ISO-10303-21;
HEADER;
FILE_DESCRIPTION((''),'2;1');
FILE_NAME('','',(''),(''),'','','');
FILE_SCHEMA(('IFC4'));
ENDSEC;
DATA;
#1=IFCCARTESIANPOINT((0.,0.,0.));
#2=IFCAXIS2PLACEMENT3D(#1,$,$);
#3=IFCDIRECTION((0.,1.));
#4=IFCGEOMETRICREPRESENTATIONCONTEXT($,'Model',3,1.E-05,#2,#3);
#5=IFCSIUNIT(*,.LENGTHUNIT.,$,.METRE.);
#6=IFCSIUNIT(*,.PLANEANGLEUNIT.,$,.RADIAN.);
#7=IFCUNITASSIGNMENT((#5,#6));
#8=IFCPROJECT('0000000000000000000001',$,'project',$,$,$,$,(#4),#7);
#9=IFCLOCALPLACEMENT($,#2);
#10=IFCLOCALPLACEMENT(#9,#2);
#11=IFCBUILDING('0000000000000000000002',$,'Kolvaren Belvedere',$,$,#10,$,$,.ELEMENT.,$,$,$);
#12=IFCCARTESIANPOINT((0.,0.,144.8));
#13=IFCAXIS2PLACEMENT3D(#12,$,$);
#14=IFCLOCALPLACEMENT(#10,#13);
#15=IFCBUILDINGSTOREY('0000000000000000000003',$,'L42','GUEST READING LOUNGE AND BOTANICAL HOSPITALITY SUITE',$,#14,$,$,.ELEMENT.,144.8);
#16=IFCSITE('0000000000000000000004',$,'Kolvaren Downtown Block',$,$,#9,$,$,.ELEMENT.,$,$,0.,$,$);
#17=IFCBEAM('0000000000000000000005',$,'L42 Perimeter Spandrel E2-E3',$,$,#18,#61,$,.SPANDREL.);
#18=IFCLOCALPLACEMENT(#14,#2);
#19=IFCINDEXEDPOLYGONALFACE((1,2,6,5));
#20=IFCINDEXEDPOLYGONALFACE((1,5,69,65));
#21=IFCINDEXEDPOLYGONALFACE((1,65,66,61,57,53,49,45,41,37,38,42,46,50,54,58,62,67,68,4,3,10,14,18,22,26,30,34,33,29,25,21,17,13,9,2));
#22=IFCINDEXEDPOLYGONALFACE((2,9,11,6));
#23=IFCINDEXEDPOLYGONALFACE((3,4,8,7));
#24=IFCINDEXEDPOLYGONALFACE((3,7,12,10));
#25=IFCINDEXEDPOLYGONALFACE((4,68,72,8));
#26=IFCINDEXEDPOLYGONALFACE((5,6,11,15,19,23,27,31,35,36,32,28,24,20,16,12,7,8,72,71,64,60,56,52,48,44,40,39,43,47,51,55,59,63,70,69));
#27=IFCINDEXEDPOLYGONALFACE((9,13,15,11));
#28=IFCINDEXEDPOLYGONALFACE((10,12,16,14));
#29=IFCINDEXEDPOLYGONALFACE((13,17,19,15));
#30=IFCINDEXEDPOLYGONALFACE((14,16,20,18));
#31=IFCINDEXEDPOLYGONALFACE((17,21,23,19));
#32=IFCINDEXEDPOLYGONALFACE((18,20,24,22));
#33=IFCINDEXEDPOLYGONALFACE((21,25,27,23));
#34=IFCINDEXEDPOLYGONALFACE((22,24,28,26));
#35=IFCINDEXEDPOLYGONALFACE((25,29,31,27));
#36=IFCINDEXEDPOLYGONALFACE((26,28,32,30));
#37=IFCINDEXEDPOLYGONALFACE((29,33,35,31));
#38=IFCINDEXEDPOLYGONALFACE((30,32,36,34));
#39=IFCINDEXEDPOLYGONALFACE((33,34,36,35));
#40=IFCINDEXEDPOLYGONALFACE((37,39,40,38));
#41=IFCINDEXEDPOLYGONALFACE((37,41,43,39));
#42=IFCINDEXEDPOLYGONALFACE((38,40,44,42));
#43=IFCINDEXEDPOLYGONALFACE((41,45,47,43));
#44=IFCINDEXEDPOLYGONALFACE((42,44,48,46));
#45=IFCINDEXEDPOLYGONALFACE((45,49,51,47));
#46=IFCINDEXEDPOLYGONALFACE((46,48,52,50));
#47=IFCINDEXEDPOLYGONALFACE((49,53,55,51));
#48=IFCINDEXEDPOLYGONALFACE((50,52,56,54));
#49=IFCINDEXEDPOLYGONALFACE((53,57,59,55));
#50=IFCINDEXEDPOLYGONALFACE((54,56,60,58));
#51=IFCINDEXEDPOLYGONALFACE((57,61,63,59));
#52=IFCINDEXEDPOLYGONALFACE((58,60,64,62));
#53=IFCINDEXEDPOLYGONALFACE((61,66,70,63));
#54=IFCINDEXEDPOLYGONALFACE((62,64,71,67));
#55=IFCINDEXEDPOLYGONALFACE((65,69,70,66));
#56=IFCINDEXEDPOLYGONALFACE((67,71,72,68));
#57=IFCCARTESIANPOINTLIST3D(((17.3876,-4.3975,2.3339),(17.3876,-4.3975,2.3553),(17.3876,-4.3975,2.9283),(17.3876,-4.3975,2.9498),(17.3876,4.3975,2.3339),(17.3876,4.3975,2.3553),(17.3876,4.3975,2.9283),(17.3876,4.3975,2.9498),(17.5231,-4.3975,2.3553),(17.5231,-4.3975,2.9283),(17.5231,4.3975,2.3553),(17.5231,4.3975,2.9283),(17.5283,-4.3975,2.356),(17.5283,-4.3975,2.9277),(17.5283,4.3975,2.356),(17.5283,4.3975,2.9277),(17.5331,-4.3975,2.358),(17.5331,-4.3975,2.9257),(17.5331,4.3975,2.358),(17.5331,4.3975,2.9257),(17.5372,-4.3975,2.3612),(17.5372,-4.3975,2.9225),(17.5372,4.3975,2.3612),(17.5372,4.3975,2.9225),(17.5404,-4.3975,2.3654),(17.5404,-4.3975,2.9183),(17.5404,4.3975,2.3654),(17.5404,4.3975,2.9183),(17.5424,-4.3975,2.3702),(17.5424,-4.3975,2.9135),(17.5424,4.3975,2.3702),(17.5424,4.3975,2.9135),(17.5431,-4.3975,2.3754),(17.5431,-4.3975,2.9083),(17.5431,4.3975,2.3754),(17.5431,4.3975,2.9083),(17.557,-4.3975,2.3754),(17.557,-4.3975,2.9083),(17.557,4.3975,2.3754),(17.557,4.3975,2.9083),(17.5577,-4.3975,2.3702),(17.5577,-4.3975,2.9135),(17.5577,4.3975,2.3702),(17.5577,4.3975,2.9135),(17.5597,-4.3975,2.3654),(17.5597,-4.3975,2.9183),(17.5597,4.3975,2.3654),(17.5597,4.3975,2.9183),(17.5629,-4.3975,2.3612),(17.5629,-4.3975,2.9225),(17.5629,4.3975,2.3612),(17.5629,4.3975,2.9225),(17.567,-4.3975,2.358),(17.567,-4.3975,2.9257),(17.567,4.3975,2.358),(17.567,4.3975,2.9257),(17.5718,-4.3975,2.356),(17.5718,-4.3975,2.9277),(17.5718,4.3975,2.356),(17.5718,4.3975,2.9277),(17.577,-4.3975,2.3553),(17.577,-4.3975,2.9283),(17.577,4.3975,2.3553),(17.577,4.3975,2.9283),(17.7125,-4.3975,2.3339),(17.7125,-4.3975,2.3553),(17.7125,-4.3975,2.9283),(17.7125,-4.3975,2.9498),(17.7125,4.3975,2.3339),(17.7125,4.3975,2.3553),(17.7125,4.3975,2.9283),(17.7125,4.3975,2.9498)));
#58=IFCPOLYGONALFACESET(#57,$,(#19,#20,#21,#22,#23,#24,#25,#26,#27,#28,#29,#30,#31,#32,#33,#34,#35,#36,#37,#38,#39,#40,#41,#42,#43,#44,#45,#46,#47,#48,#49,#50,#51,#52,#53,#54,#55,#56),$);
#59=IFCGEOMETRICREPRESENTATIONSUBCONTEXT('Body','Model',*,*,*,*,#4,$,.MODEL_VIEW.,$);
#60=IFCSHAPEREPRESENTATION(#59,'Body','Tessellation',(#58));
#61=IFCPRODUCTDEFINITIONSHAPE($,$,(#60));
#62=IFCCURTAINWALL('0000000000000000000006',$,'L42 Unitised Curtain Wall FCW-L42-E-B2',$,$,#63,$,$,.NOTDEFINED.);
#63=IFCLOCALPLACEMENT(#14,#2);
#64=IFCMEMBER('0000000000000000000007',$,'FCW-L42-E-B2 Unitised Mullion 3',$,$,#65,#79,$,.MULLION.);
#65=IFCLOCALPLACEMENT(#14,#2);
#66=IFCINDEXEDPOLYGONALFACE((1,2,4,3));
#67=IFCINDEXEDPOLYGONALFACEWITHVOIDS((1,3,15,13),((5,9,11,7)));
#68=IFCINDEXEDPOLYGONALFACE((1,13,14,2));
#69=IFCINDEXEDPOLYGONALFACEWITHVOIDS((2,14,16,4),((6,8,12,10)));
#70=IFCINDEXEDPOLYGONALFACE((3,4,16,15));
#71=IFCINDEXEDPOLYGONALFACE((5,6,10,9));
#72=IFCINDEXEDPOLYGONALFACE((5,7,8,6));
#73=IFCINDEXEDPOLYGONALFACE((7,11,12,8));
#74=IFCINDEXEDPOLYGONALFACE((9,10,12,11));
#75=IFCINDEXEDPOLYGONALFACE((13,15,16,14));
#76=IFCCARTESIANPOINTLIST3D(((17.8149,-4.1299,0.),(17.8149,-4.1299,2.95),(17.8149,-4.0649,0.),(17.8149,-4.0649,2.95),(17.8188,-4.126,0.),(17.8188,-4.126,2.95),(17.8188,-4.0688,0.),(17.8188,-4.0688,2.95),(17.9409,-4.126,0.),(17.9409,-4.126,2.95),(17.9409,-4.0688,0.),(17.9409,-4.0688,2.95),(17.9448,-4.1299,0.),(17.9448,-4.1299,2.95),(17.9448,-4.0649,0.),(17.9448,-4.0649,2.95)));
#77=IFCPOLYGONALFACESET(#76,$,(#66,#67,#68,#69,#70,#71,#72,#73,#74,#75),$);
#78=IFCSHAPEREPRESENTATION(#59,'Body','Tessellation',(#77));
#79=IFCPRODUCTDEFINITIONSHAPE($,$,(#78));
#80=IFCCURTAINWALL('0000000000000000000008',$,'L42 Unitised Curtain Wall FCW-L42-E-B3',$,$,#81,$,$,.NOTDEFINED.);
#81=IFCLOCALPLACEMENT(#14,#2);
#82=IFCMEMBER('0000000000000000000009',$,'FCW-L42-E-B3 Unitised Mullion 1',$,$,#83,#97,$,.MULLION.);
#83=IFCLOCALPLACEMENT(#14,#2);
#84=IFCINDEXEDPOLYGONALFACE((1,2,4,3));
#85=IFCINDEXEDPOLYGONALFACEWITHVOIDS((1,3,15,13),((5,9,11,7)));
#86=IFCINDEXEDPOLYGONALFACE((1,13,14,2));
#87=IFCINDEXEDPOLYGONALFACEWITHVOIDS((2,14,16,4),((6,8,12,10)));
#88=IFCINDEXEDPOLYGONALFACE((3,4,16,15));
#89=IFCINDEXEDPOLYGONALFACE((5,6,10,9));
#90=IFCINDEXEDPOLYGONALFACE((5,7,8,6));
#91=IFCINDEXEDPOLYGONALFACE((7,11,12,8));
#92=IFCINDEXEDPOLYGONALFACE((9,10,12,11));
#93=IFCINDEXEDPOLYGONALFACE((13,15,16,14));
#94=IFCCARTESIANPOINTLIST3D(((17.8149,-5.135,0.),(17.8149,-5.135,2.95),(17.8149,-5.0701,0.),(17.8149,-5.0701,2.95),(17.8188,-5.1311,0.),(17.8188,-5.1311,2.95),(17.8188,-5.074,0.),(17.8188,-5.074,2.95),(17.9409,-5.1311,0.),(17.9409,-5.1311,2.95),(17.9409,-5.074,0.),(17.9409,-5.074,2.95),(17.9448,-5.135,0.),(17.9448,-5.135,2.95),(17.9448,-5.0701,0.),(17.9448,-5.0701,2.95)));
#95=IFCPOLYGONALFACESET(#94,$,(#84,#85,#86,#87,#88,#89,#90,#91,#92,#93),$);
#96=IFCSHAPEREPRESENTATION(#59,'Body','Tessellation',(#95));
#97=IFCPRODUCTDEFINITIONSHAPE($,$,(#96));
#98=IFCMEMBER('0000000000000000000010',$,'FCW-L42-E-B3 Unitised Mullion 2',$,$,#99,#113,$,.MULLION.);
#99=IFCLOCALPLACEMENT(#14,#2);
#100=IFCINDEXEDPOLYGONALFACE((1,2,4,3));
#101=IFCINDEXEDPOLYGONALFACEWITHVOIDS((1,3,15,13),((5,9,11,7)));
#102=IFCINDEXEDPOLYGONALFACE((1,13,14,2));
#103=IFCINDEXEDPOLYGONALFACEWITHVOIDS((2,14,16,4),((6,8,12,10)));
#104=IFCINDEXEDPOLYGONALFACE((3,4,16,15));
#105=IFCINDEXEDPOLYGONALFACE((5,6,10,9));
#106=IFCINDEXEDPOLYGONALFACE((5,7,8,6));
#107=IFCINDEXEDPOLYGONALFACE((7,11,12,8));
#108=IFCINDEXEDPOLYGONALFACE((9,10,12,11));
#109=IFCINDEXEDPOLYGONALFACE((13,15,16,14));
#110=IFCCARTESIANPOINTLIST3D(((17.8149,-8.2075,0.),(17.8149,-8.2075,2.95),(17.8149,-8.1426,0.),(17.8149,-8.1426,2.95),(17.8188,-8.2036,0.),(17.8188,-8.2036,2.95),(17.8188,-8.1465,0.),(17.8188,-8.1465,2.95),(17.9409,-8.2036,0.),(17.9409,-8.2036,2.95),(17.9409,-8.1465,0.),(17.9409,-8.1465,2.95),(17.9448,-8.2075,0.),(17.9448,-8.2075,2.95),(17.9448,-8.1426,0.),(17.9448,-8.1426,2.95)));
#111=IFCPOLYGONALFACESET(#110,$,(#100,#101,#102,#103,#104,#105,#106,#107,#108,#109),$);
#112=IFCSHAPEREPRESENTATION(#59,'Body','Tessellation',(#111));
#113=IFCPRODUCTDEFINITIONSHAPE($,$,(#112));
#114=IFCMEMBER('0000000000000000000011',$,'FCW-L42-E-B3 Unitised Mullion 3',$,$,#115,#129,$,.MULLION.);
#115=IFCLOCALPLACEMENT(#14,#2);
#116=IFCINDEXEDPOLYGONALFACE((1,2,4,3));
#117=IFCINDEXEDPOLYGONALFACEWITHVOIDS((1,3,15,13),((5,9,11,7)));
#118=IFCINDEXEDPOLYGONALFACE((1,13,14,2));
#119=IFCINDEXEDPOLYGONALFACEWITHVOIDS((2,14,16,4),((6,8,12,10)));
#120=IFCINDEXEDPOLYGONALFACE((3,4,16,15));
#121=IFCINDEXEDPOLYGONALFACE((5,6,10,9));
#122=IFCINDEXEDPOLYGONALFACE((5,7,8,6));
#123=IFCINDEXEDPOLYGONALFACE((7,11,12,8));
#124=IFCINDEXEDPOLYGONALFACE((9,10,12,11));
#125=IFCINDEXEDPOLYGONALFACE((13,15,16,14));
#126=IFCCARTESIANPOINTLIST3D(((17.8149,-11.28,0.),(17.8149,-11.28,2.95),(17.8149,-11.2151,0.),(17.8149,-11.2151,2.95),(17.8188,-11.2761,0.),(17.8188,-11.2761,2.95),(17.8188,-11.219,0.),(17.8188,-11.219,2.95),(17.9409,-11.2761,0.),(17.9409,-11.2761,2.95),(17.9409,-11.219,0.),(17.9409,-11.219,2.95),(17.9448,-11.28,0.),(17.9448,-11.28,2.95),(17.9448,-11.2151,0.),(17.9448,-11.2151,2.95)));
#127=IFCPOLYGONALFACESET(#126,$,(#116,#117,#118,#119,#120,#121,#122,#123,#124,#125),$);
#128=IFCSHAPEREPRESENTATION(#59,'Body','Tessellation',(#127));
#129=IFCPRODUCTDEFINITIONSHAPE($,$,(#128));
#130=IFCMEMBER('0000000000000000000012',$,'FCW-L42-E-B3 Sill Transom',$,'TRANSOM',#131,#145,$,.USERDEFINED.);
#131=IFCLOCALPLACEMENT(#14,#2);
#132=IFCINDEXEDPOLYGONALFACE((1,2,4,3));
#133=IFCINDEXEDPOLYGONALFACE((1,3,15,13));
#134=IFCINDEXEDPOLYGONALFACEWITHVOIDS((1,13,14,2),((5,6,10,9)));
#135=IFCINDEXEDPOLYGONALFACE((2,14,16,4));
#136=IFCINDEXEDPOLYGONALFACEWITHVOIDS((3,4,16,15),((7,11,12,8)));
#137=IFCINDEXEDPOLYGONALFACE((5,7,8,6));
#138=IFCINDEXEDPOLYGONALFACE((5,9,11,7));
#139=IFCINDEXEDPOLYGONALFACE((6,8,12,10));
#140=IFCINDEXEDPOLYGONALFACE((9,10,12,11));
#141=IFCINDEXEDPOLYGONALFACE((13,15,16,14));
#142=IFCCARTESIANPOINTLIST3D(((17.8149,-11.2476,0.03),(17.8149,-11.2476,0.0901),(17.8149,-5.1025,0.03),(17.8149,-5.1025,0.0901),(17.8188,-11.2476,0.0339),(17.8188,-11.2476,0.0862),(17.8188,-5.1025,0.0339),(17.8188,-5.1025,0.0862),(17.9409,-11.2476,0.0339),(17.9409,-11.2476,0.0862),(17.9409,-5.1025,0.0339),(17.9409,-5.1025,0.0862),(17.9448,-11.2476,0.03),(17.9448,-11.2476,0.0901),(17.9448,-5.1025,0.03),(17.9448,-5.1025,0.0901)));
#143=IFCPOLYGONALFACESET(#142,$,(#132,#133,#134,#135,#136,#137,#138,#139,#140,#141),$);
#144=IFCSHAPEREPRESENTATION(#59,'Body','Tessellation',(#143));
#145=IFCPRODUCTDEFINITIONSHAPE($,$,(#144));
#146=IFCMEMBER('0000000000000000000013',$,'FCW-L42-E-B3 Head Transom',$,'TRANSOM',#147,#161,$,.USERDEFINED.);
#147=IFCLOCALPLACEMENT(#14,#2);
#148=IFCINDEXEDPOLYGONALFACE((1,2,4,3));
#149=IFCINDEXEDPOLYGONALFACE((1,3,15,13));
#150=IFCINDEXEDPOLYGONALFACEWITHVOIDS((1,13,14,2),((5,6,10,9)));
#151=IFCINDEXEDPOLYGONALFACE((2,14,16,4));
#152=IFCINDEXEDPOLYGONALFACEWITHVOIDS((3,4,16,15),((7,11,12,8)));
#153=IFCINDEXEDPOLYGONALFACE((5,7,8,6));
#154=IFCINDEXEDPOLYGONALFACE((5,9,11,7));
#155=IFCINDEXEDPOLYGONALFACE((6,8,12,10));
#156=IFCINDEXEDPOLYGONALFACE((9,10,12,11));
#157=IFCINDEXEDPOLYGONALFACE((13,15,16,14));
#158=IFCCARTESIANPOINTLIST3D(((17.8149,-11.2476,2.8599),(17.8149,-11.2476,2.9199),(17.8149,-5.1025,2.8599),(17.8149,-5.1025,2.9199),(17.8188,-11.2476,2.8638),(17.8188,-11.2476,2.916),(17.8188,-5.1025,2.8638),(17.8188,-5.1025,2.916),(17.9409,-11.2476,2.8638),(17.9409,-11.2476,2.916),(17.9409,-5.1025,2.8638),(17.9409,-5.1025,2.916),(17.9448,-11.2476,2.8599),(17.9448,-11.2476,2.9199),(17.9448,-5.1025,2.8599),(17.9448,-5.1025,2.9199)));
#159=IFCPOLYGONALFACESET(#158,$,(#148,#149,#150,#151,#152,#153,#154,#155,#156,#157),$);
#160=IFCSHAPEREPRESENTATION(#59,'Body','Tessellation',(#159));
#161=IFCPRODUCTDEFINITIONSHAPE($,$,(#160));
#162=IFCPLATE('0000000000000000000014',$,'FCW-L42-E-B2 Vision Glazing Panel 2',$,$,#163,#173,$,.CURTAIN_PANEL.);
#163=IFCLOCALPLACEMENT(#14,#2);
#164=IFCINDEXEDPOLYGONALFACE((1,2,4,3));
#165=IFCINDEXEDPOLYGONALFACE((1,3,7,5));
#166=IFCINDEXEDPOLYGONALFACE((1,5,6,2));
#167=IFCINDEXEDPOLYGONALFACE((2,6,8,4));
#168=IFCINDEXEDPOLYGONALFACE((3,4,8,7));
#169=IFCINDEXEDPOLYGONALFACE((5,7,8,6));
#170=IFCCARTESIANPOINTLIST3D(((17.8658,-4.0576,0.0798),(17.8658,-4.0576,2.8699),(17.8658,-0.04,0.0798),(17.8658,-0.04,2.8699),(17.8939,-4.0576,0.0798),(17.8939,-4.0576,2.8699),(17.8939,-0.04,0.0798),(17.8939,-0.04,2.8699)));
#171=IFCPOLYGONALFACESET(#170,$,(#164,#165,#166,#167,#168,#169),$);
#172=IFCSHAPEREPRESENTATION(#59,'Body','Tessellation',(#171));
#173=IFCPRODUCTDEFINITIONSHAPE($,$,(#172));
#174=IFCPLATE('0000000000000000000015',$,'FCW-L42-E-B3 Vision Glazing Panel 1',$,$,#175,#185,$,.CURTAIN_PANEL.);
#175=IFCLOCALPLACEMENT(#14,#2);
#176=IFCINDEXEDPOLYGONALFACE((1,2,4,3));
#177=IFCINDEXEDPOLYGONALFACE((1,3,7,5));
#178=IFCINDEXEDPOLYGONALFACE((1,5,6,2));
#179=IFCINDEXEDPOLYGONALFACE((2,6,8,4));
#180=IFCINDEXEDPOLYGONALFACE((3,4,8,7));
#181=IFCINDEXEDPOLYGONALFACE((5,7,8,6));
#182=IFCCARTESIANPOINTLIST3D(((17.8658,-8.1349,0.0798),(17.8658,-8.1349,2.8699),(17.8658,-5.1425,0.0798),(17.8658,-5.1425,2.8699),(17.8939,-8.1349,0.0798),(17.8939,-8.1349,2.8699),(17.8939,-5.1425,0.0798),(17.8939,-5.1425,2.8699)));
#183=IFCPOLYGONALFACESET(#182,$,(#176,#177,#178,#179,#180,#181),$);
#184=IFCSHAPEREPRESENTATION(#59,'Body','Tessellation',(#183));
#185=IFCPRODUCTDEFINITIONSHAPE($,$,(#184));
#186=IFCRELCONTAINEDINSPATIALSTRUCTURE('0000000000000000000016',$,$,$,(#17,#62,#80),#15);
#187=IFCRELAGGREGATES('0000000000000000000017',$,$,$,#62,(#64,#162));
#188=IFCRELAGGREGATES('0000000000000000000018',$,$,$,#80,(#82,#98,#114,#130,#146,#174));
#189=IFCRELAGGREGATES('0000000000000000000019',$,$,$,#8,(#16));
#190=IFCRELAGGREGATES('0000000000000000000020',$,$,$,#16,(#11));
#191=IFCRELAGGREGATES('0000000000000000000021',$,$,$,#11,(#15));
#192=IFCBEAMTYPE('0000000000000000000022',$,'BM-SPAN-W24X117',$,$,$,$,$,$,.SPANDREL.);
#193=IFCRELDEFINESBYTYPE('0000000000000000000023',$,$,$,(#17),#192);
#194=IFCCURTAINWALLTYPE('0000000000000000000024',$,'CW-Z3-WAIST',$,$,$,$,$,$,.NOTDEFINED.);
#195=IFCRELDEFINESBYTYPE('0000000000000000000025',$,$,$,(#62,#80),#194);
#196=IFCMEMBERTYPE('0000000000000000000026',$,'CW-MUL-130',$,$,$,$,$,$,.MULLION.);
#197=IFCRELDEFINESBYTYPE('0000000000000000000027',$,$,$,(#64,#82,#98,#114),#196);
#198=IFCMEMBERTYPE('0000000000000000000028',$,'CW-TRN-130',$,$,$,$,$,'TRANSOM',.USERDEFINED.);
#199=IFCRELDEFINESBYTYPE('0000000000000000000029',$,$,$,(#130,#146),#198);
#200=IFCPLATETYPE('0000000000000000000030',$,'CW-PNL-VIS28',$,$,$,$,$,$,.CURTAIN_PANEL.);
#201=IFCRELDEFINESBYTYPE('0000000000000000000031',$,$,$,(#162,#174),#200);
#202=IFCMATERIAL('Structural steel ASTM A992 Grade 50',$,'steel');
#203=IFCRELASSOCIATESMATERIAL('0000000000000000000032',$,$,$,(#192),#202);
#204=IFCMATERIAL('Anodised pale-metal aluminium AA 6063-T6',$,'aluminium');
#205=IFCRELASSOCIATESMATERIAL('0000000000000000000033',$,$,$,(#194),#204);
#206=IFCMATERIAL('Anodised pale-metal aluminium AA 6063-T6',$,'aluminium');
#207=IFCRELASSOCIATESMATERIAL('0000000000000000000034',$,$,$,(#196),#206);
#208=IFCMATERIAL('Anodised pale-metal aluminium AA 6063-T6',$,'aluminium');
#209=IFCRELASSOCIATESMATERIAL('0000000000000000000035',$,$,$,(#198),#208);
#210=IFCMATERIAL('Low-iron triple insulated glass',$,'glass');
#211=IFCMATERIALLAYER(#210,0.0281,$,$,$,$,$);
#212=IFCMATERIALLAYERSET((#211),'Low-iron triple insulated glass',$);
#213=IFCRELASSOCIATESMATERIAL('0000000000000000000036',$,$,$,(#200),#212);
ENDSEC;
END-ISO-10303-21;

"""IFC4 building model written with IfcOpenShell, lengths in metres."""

from ifc_helpers import new_model, si_unit, direction, frame, origin, origin_2d, place, context, subcontext, project, spatial, rectangle, hollow_rectangle, i_section, extrude, material, layer, layer_set, material_profile, profile_set, type_object, element, aggregate, save


model = new_model("IFC4")

# Units and contexts
model_context = context("Model", 3, precision=1e-05, world=origin(), true_north=direction((0.0, 1.0)))
body_context = subcontext(model_context, "Body", "Model", "MODEL_VIEW")
ifc_project = project(units=[si_unit("LENGTHUNIT", "METRE"), si_unit("PLANEANGLEUNIT", "RADIAN")], contexts=[model_context])

# Site, building, storey
site_placement = place(None, origin())
site = spatial("IfcSite", under=ifc_project, at=site_placement, Name="Kolvaren Downtown Block", CompositionType="ELEMENT", RefElevation=0.0)
building_placement = place(site_placement, origin())
building = spatial("IfcBuilding", under=site, at=building_placement, Name="Kolvaren Belvedere", CompositionType="ELEMENT")
storey_placement = place(building_placement, frame((0.0, 0.0, 144.8)))
storey = spatial("IfcBuildingStorey", under=building, at=storey_placement, Name="L42", Description="GUEST READING LOUNGE AND BOTANICAL HOSPITALITY SUITE", CompositionType="ELEMENT", Elevation=144.8)

# Beam
ifc_material_1 = material(Name="Structural steel ASTM A992 Grade 50", Category="steel")
ifc_material_profile_1 = material_profile(ifc_material_1, i_section(OverallWidth=0.325, OverallDepth=0.616, WebThickness=0.0139, FlangeThickness=0.0215, FilletRadius=0.02, at=origin_2d()), Name="W24X117")
ifc_profile_set_1 = profile_set([ifc_material_profile_1], Name="Structural steel ASTM A992 Grade 50")
beam_type_1 = type_object("IfcBeamType", Name="BM-SPAN-W24X117", PredefinedType="SPANDREL", material=ifc_profile_set_1)
beam_1_placement = place(storey_placement, frame((17.55, -4.3975, 2.6418), z_axis=(0.0, 1.0, 0.0), x_axis=(-1.0, 0.0, 0.0)))
element("IfcBeam", 1, at=beam_1_placement, inside=storey, type_object=beam_type_1, Name="L42 Perimeter Spandrel E2-E3", PredefinedType="SPANDREL", context=body_context, shape_type="SweptSolid", body=[
    extrude(i_section(OverallWidth=0.325, OverallDepth=0.616, WebThickness=0.0139, FlangeThickness=0.0215, FilletRadius=0.02, at=origin_2d()), origin(), (0.0, 0.0, 1.0), 8.7949),
])

# Curtain wall, member
ifc_material_2 = material(Name="Anodised pale-metal aluminium AA 6063-T6", Category="aluminium")
curtain_wall_type = type_object("IfcCurtainWallType", Name="CW-Z3-WAIST", PredefinedType="NOTDEFINED", material=ifc_material_2)
curtain_wall_1_placement = place(storey_placement, origin())
curtain_wall_1 = element("IfcCurtainWall", 2, at=curtain_wall_1_placement, inside=storey, type_object=curtain_wall_type, Name="L42 Unitised Curtain Wall FCW-L42-E-B2", PredefinedType="NOTDEFINED")
ifc_material_3 = material(Name="Anodised pale-metal aluminium AA 6063-T6", Category="aluminium")
ifc_material_profile_2 = material_profile(ifc_material_3, hollow_rectangle(XDim=0.0649, YDim=0.1299, WallThickness=0.0039, at=origin_2d()), Name="ALU-MUL-130X65")
ifc_profile_set_2 = profile_set([ifc_material_profile_2], Name="Anodised pale-metal aluminium AA 6063-T6")
member_type_1 = type_object("IfcMemberType", Name="CW-MUL-130", PredefinedType="MULLION", material=ifc_profile_set_2)
member_1_placement = place(storey_placement, frame((17.8799, -4.0974, 0.0), z_axis=(0.0, 0.0, 1.0), x_axis=(0.0, 1.0, 0.0)))
member_1 = element("IfcMember", 3, at=member_1_placement, type_object=member_type_1, Name="FCW-L42-E-B2 Unitised Mullion 3", PredefinedType="MULLION", context=body_context, shape_type="SweptSolid", body=[
    extrude(hollow_rectangle(XDim=0.0649, YDim=0.1299, WallThickness=0.0039, at=origin_2d()), origin(), (0.0, 0.0, 1.0), 2.95),
])

# Curtain wall, members
curtain_wall_2_placement = place(storey_placement, origin())
curtain_wall_2 = element("IfcCurtainWall", 4, at=curtain_wall_2_placement, inside=storey, type_object=curtain_wall_type, Name="L42 Unitised Curtain Wall FCW-L42-E-B3", PredefinedType="NOTDEFINED")
member_2_placement = place(storey_placement, frame((17.8799, -5.1025, 0.0), z_axis=(0.0, 0.0, 1.0), x_axis=(0.0, 1.0, 0.0)))
member_2 = element("IfcMember", 5, at=member_2_placement, type_object=member_type_1, Name="FCW-L42-E-B3 Unitised Mullion 1", PredefinedType="MULLION", context=body_context, shape_type="SweptSolid", body=[
    extrude(hollow_rectangle(XDim=0.0649, YDim=0.1299, WallThickness=0.0039, at=origin_2d()), origin(), (0.0, 0.0, 1.0), 2.95),
])
member_3_placement = place(storey_placement, frame((17.8799, -8.175, 0.0), z_axis=(0.0, 0.0, 1.0), x_axis=(0.0, 1.0, 0.0)))
member_3 = element("IfcMember", 6, at=member_3_placement, type_object=member_type_1, Name="FCW-L42-E-B3 Unitised Mullion 2", PredefinedType="MULLION", context=body_context, shape_type="SweptSolid", body=[
    extrude(hollow_rectangle(XDim=0.0649, YDim=0.1299, WallThickness=0.0039, at=origin_2d()), origin(), (0.0, 0.0, 1.0), 2.95),
])
member_4_placement = place(storey_placement, frame((17.8799, -11.2476, 0.0), z_axis=(0.0, 0.0, 1.0), x_axis=(0.0, 1.0, 0.0)))
member_4 = element("IfcMember", 7, at=member_4_placement, type_object=member_type_1, Name="FCW-L42-E-B3 Unitised Mullion 3", PredefinedType="MULLION", context=body_context, shape_type="SweptSolid", body=[
    extrude(hollow_rectangle(XDim=0.0649, YDim=0.1299, WallThickness=0.0039, at=origin_2d()), origin(), (0.0, 0.0, 1.0), 2.95),
])
ifc_material_4 = material(Name="Anodised pale-metal aluminium AA 6063-T6", Category="aluminium")
ifc_material_profile_3 = material_profile(ifc_material_4, hollow_rectangle(XDim=0.0601, YDim=0.1299, WallThickness=0.0039, at=origin_2d()), Name="ALU-TRN-130X60")
ifc_profile_set_3 = profile_set([ifc_material_profile_3], Name="Anodised pale-metal aluminium AA 6063-T6")
member_type_2 = type_object("IfcMemberType", Name="CW-TRN-130", ElementType="TRANSOM", PredefinedType="USERDEFINED", material=ifc_profile_set_3)
member_5_placement = place(storey_placement, frame((17.8799, -5.1025, 0.0601), z_axis=(0.0, -1.0, 0.0), x_axis=(0.0, 0.0, 1.0)))
member_5 = element("IfcMember", 8, at=member_5_placement, type_object=member_type_2, Name="FCW-L42-E-B3 Sill Transom", ObjectType="TRANSOM", PredefinedType="USERDEFINED", context=body_context, shape_type="SweptSolid", body=[
    extrude(hollow_rectangle(XDim=0.0601, YDim=0.1299, WallThickness=0.0039, at=origin_2d()), origin(), (0.0, 0.0, 1.0), 6.145),
])
member_6_placement = place(storey_placement, frame((17.8799, -5.1025, 2.8899), z_axis=(0.0, -1.0, 0.0), x_axis=(0.0, 0.0, 1.0)))
member_6 = element("IfcMember", 9, at=member_6_placement, type_object=member_type_2, Name="FCW-L42-E-B3 Head Transom", ObjectType="TRANSOM", PredefinedType="USERDEFINED", context=body_context, shape_type="SweptSolid", body=[
    extrude(hollow_rectangle(XDim=0.0601, YDim=0.1299, WallThickness=0.0039, at=origin_2d()), origin(), (0.0, 0.0, 1.0), 6.145),
])

# Plates
ifc_material_5 = material(Name="Low-iron triple insulated glass", Category="glass")
ifc_layer_1 = layer(ifc_material_5, 0.0281)
ifc_layer_set_1 = layer_set([ifc_layer_1], Name="Low-iron triple insulated glass")
plate_type_1 = type_object("IfcPlateType", Name="CW-PNL-VIS28", PredefinedType="CURTAIN_PANEL", material=ifc_layer_set_1)
plate_1_placement = place(storey_placement, frame((17.8799, -2.0488, 0.0798), z_axis=(0.0, 0.0, 1.0), x_axis=(0.0, -1.0, 0.0)))
plate_1 = element("IfcPlate", 10, at=plate_1_placement, type_object=plate_type_1, Name="FCW-L42-E-B2 Vision Glazing Panel 2", PredefinedType="CURTAIN_PANEL", context=body_context, shape_type="SweptSolid", body=[
    extrude(rectangle(XDim=4.0176, YDim=0.0281, at=origin_2d()), origin(), (0.0, 0.0, 1.0), 2.79),
])
aggregate(curtain_wall_1, [member_1, plate_1])
plate_2_placement = place(storey_placement, frame((17.8799, -6.6387, 0.0798), z_axis=(0.0, 0.0, 1.0), x_axis=(0.0, -1.0, 0.0)))
plate_2 = element("IfcPlate", 11, at=plate_2_placement, type_object=plate_type_1, Name="FCW-L42-E-B3 Vision Glazing Panel 1", PredefinedType="CURTAIN_PANEL", context=body_context, shape_type="SweptSolid", body=[
    extrude(rectangle(XDim=2.9924, YDim=0.0281, at=origin_2d()), origin(), (0.0, 0.0, 1.0), 2.79),
])
aggregate(curtain_wall_2, [member_2, member_3, member_4, member_5, member_6, plate_2])

save(model, "model.ifc")
